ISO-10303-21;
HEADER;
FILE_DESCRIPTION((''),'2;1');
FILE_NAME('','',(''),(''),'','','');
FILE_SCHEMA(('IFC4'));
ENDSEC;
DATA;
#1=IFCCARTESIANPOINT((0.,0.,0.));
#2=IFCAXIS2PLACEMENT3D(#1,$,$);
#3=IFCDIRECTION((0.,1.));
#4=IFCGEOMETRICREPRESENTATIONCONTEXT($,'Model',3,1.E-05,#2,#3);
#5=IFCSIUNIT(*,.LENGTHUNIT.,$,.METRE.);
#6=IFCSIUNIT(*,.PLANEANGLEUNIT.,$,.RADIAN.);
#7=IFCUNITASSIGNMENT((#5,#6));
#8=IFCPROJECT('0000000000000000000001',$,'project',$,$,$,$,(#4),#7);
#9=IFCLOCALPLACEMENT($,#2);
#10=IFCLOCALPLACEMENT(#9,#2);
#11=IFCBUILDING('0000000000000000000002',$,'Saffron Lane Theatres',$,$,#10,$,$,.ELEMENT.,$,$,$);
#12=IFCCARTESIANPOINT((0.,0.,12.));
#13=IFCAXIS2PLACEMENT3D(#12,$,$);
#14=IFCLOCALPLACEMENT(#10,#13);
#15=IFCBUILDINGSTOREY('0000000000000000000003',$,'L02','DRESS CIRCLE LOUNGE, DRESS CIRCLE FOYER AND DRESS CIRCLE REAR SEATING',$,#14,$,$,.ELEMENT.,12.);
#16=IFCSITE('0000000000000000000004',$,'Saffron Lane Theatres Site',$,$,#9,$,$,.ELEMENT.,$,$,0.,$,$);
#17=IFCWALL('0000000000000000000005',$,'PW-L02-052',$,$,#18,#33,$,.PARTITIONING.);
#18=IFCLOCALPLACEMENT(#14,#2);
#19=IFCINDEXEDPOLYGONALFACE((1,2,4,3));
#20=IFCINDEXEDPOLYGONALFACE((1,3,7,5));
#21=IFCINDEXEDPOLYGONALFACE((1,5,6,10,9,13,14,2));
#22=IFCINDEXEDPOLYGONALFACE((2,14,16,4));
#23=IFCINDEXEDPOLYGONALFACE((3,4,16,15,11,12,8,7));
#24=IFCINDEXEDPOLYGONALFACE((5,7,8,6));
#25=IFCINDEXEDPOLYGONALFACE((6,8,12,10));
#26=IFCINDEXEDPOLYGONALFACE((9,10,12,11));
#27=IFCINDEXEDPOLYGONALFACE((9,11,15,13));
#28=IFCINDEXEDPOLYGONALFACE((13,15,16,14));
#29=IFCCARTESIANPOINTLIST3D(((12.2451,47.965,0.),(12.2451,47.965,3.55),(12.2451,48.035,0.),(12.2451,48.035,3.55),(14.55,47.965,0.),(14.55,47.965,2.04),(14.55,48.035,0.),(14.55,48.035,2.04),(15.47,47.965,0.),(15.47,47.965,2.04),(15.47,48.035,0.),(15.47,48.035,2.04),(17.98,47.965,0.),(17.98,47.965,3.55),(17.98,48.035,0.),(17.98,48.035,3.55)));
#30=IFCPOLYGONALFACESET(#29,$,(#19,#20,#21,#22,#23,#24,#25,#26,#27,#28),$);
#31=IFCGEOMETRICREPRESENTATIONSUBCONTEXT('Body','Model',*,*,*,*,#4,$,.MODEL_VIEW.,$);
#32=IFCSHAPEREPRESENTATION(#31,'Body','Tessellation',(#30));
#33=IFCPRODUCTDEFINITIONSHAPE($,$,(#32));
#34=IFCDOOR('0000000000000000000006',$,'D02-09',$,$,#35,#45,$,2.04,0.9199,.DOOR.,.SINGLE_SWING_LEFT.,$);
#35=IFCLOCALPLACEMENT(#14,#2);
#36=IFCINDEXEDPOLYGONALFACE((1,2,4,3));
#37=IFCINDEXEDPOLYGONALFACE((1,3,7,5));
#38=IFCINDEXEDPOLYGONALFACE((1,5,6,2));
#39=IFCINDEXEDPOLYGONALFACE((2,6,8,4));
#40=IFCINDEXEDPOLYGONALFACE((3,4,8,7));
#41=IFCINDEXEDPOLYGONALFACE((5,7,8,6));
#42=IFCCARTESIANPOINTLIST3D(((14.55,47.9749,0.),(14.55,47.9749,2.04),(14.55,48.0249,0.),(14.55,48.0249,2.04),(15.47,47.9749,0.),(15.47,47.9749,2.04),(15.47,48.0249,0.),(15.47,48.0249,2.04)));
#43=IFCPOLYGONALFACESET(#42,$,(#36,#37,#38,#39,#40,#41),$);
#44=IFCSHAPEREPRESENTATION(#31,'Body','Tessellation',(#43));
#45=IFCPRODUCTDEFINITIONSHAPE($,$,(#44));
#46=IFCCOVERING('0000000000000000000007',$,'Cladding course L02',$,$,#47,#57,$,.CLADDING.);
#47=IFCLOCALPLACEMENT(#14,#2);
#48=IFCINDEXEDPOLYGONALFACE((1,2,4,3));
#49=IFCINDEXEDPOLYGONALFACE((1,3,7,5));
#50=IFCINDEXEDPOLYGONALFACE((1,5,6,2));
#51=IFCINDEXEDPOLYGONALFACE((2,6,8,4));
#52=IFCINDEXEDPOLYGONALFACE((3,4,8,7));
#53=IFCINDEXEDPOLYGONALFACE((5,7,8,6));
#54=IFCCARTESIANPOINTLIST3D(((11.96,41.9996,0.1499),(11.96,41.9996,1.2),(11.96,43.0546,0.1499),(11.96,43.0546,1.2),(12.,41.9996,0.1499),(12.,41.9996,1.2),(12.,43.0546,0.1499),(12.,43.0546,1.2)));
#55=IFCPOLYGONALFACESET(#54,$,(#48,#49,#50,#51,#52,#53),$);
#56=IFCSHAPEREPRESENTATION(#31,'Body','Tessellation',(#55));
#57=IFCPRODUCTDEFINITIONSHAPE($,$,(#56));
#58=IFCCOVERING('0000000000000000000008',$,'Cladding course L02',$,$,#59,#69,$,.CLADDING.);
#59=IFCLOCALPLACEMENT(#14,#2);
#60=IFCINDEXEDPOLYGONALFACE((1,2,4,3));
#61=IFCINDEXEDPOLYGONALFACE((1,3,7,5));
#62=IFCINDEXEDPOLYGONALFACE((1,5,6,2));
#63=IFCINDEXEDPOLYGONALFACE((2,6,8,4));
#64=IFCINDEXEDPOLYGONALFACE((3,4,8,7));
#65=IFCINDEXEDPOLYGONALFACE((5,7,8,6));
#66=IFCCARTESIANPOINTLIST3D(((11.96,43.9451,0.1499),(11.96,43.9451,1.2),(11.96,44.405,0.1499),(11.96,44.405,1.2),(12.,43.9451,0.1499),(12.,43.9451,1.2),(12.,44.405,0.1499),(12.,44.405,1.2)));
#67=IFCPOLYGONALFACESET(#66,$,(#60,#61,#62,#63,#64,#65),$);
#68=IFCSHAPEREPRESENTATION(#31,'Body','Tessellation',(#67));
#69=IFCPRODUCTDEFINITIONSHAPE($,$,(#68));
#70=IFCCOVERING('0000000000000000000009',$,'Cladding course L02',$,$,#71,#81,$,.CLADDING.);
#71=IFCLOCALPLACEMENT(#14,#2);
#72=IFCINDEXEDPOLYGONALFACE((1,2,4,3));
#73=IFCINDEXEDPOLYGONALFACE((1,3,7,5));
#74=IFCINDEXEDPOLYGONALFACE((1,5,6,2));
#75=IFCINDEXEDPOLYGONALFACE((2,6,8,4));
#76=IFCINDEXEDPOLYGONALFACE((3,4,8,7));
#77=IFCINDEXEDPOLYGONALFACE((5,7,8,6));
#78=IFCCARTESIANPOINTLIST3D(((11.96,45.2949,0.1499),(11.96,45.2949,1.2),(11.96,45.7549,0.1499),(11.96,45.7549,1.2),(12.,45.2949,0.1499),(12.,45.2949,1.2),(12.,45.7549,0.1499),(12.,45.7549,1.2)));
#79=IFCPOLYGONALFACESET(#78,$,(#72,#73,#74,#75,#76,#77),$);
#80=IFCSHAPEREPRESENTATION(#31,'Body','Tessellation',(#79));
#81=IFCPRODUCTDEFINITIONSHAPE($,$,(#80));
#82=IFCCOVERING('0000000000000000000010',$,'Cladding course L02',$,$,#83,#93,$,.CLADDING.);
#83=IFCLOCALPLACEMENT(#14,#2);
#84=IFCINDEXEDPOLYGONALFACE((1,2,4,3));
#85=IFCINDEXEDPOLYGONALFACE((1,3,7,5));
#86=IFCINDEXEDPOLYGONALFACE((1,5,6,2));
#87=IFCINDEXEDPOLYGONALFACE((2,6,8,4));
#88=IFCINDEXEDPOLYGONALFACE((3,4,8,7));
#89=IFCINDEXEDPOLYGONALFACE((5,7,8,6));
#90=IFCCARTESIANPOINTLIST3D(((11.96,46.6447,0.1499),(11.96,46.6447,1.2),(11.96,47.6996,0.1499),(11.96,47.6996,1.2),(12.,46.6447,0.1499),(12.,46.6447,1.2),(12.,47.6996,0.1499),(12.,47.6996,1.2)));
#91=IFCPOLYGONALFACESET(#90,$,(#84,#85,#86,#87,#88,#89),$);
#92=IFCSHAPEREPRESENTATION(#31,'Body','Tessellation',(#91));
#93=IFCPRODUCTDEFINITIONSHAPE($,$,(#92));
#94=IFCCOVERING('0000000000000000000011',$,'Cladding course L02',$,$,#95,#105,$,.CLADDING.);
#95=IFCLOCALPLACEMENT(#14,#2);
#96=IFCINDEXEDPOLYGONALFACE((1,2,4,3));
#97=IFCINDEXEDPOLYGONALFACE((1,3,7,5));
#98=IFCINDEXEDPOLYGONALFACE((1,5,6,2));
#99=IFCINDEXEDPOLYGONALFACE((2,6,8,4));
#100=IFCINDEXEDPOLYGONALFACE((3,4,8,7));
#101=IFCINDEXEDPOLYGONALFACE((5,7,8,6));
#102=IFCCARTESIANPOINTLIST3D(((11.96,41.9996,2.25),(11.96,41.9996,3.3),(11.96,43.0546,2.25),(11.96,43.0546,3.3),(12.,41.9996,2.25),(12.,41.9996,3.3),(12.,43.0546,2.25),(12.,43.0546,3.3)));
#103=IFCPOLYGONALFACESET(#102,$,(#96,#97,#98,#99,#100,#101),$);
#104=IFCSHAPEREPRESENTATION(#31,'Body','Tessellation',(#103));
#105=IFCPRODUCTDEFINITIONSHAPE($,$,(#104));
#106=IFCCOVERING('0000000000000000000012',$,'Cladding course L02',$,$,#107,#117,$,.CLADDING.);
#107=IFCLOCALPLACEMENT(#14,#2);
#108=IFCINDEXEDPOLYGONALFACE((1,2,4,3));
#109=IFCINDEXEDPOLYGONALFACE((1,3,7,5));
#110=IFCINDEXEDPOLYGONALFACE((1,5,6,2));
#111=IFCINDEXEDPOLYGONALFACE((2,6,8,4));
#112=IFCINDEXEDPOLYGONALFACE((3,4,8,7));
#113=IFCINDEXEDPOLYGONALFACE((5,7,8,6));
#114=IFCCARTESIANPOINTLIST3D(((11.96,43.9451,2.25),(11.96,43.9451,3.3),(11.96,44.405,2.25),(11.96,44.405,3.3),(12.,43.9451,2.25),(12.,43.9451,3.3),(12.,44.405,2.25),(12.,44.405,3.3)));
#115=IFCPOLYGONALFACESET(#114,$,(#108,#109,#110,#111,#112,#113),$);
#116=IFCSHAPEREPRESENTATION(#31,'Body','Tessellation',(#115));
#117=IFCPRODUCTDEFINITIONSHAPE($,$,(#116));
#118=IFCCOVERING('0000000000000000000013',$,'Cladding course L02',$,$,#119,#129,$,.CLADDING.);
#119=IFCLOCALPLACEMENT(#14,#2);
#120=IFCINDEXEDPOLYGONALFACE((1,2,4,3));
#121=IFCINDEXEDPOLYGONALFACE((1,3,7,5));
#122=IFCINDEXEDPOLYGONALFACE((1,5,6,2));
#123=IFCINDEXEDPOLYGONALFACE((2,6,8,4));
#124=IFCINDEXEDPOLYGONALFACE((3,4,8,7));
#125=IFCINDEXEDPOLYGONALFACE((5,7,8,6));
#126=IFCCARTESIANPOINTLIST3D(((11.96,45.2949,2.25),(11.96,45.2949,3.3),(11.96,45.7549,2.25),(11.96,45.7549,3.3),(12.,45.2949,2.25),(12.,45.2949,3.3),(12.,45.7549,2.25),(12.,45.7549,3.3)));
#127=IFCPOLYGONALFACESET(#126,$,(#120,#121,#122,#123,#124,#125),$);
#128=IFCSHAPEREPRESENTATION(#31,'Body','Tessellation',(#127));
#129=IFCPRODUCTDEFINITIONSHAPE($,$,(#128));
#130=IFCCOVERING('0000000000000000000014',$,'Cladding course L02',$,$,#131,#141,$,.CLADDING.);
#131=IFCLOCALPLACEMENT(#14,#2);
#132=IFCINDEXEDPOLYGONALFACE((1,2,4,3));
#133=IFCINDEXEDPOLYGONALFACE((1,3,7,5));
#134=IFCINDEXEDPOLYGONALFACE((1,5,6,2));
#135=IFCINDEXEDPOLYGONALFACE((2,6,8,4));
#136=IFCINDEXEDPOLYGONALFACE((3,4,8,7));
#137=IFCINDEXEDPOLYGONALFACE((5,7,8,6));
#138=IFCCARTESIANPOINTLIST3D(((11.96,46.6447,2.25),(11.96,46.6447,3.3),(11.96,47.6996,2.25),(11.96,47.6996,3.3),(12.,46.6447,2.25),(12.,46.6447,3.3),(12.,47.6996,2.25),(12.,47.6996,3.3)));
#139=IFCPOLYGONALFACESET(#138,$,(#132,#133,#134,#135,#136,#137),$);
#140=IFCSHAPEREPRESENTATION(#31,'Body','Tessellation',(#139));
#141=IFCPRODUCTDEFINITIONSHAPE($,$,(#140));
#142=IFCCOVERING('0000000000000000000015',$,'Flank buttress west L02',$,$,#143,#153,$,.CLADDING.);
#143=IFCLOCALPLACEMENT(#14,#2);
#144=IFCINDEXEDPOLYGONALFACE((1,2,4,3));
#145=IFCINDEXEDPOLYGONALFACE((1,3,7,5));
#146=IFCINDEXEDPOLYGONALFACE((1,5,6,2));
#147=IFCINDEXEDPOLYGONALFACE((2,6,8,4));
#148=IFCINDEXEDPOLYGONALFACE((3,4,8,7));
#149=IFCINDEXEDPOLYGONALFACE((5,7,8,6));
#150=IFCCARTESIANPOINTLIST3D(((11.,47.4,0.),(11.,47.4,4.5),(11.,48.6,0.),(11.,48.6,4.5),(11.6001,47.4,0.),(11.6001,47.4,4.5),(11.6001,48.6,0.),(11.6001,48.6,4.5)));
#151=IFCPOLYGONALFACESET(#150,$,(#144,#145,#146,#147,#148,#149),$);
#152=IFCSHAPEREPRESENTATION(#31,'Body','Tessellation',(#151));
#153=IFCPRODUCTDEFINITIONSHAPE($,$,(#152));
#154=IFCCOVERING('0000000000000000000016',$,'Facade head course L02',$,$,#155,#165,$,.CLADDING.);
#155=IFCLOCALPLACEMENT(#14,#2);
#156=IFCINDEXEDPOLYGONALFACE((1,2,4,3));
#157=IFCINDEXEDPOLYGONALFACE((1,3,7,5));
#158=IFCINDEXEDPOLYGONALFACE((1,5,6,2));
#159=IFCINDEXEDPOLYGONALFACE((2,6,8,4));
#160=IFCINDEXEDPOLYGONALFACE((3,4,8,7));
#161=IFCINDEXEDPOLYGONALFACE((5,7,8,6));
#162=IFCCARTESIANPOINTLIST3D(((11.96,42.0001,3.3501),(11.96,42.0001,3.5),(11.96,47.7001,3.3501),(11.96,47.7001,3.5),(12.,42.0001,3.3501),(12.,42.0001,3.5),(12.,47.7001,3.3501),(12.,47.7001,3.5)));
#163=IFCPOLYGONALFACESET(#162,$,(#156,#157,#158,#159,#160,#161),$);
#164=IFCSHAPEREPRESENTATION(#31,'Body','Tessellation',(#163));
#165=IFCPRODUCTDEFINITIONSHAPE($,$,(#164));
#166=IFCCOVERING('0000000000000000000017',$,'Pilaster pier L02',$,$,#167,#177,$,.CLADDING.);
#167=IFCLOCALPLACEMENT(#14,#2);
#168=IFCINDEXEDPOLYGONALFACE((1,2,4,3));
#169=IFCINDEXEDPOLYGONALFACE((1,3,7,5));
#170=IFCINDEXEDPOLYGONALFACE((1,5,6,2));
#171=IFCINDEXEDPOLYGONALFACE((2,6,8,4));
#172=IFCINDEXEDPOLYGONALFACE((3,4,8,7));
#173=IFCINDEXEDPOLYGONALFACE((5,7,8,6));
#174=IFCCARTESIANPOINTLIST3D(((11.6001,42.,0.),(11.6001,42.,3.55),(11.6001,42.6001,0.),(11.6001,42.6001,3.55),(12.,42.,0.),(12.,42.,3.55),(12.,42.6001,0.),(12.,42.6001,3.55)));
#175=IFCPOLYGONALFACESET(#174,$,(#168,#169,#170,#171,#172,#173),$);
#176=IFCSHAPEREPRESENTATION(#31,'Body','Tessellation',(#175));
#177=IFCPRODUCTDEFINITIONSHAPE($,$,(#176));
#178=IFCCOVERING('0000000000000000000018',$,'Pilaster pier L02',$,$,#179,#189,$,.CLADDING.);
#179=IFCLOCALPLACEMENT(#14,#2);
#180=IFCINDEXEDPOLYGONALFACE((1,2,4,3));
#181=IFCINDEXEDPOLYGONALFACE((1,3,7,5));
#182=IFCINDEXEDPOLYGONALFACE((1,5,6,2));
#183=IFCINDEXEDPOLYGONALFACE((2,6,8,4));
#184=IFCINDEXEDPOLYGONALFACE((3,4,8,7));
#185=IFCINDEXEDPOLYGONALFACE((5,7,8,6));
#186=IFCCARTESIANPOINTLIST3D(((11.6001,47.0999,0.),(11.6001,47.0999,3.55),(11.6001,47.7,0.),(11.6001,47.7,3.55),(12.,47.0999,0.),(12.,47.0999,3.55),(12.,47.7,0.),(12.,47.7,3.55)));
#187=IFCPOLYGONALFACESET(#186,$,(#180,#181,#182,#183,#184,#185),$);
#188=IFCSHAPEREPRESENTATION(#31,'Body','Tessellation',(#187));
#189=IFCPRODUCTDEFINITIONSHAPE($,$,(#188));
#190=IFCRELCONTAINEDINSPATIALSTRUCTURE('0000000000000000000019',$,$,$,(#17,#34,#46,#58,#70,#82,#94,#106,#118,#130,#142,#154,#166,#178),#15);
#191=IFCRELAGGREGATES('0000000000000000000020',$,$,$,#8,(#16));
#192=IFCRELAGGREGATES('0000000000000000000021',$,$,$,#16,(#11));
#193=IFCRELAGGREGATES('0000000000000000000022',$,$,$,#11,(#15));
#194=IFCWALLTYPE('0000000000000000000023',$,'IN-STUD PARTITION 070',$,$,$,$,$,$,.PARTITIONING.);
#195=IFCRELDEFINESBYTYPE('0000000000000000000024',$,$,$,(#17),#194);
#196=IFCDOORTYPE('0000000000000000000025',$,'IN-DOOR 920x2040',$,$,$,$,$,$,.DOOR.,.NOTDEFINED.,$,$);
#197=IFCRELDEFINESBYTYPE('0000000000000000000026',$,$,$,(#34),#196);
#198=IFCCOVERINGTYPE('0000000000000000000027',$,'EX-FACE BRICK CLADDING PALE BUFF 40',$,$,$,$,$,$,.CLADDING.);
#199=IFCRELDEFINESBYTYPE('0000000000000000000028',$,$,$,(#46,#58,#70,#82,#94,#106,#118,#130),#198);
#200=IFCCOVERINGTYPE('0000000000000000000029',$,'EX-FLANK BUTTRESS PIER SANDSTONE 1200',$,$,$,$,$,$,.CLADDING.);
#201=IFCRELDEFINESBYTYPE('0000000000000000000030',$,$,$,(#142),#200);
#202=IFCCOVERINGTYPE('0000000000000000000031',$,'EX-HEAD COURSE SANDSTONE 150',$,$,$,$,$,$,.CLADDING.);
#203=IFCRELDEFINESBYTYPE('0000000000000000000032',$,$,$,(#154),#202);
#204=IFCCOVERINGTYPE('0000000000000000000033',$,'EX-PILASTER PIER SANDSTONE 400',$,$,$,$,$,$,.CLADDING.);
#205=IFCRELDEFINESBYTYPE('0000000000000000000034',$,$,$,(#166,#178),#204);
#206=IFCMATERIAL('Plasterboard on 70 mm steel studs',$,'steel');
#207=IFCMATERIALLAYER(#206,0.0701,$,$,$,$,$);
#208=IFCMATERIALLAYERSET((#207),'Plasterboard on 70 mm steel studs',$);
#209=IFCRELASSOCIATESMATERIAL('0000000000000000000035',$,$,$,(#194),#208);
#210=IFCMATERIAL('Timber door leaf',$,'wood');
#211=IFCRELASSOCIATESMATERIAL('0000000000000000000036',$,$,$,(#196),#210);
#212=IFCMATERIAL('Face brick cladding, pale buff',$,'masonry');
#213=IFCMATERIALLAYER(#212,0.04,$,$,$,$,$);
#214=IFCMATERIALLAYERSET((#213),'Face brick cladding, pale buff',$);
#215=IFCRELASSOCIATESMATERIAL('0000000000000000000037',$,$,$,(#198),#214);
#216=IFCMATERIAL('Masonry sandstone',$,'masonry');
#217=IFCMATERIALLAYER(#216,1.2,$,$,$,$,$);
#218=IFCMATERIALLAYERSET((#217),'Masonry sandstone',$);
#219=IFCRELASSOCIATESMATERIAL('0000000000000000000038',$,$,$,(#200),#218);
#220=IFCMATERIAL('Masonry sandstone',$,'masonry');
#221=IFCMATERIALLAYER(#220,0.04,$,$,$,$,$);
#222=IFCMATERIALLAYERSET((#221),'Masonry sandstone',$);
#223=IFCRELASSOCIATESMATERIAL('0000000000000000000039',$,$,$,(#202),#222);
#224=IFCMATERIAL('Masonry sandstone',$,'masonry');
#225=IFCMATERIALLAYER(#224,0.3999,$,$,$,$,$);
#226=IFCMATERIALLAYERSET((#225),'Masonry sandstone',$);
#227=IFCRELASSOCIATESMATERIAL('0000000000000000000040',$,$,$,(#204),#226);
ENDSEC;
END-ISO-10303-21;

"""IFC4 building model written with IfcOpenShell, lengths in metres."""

from ifc_helpers import new_model, si_unit, direction, frame, frame_2d, origin, origin_2d, place, context, subcontext, project, spatial, rectangle, extrude, material, layer, layer_set, type_object, element, fill, save


model = new_model("IFC4")

# Units and contexts
model_context = context("Model", 3, precision=1e-05, world=origin(), true_north=direction((0.0, 1.0)))
body_context = subcontext(model_context, "Body", "Model", "MODEL_VIEW")
ifc_project = project(units=[si_unit("LENGTHUNIT", "METRE"), si_unit("PLANEANGLEUNIT", "RADIAN")], contexts=[model_context])

# Site, building, storey
site_placement = place(None, origin())
site = spatial("IfcSite", under=ifc_project, at=site_placement, Name="Saffron Lane Theatres Site", CompositionType="ELEMENT", RefElevation=0.0)
building_placement = place(site_placement, origin())
building = spatial("IfcBuilding", under=site, at=building_placement, Name="Saffron Lane Theatres", CompositionType="ELEMENT")
storey_placement = place(building_placement, frame((0.0, 0.0, 12.0)))
storey = spatial("IfcBuildingStorey", under=building, at=storey_placement, Name="L02", Description="DRESS CIRCLE LOUNGE, DRESS CIRCLE FOYER AND DRESS CIRCLE REAR SEATING", CompositionType="ELEMENT", Elevation=12.0)

# Wall, opening, door
ifc_material_1 = material(Name="Plasterboard on 70 mm steel studs", Category="steel")
ifc_layer_1 = layer(ifc_material_1, 0.0701)
ifc_layer_set_1 = layer_set([ifc_layer_1], Name="Plasterboard on 70 mm steel studs")
wall_type_1 = type_object("IfcWallType", Name="IN-STUD PARTITION 070", PredefinedType="PARTITIONING", material=ifc_layer_set_1)
wall_1_placement = place(storey_placement, frame((12.2451, 48.0, 0.0), z_axis=(0.0, 0.0, 1.0), x_axis=(1.0, 0.0, 0.0)))
wall_1 = element("IfcWall", 1, at=wall_1_placement, inside=storey, type_object=wall_type_1, Name="PW-L02-052", PredefinedType="PARTITIONING", context=body_context, shape_type="SweptSolid", body=[
    extrude(rectangle(XDim=5.7349, YDim=0.0701, at=frame_2d((2.8674, 0.0))), origin(), (0.0, 0.0, 1.0), 3.55),
])
opening_placement = place(wall_1_placement, frame((2.3049, 0.0, 0.0)))
opening = element("IfcOpeningElement", 2, at=opening_placement, cuts=wall_1, PredefinedType="OPENING", context=body_context, shape_type="SweptSolid", body=[
    extrude(rectangle(XDim=0.9199, YDim=2.04, at=frame_2d((0.46, 1.02))), frame((0.0, 0.0449, 0.0), z_axis=(0.0, -1.0, 0.0), x_axis=(1.0, 0.0, 0.0)), (0.0, 0.0, 1.0), 0.0901),
])
ifc_material_2 = material(Name="Timber door leaf", Category="wood")
door_type = type_object("IfcDoorType", Name="IN-DOOR 920x2040", OperationType="NOTDEFINED", PredefinedType="DOOR", material=ifc_material_2)
door_placement = place(opening_placement, origin())
door = element("IfcDoor", 3, at=door_placement, inside=storey, type_object=door_type, Name="D02-09", OperationType="SINGLE_SWING_LEFT", OverallHeight=2.04, OverallWidth=0.9199, PredefinedType="DOOR", context=body_context, shape_type="SweptSolid", body=[
    extrude(rectangle(XDim=0.9199, YDim=2.04, at=frame_2d((0.46, 1.02))), frame((0.0, 0.0249, 0.0), z_axis=(0.0, -1.0, 0.0), x_axis=(1.0, 0.0, 0.0)), (0.0, 0.0, 1.0), 0.05),
])
fill(opening, door)

# Coverings
ifc_material_3 = material(Name="Face brick cladding, pale buff", Category="masonry")
ifc_layer_2 = layer(ifc_material_3, 0.04)
ifc_layer_set_2 = layer_set([ifc_layer_2], Name="Face brick cladding, pale buff")
covering_type_1 = type_object("IfcCoveringType", Name="EX-FACE BRICK CLADDING PALE BUFF 40", PredefinedType="CLADDING", material=ifc_layer_set_2)
covering_1_placement = place(storey_placement, frame((11.98, 42.5271, 0.1499), z_axis=(0.0, 0.0, 1.0), x_axis=(0.0, 1.0, 0.0)))
element("IfcCovering", 4, at=covering_1_placement, inside=storey, type_object=covering_type_1, Name="Cladding course L02", PredefinedType="CLADDING", context=body_context, shape_type="SweptSolid", body=[
    extrude(rectangle(XDim=1.0549, YDim=0.04, at=origin_2d()), origin(), (0.0, 0.0, 1.0), 1.05),
])
for number, where, z_axis, x_axis, name in (
    (5, (11.98, 44.175, 0.1499), (0.0, 0.0, 1.0), (0.0, 1.0, 0.0), "Cladding course L02"),
    (6, (11.98, 45.5249, 0.1499), (0.0, 0.0, 1.0), (0.0, 1.0, 0.0), "Cladding course L02"),
):
    element("IfcCovering", number, at=place(storey_placement, frame(where, z_axis=z_axis, x_axis=x_axis)), inside=storey, type_object=covering_type_1, Name=name, PredefinedType="CLADDING", context=body_context, shape_type="SweptSolid", body=[
        extrude(rectangle(XDim=0.46, YDim=0.04, at=origin_2d()), origin(), (0.0, 0.0, 1.0), 1.05),
    ])
for number, where, z_axis, x_axis, name in (
    (7, (11.98, 47.1721, 0.1499), (0.0, 0.0, 1.0), (0.0, 1.0, 0.0), "Cladding course L02"),
    (8, (11.98, 42.5271, 2.25), (0.0, 0.0, 1.0), (0.0, 1.0, 0.0), "Cladding course L02"),
):
    element("IfcCovering", number, at=place(storey_placement, frame(where, z_axis=z_axis, x_axis=x_axis)), inside=storey, type_object=covering_type_1, Name=name, PredefinedType="CLADDING", context=body_context, shape_type="SweptSolid", body=[
        extrude(rectangle(XDim=1.0549, YDim=0.04, at=origin_2d()), origin(), (0.0, 0.0, 1.0), 1.05),
    ])
for number, where, z_axis, x_axis, name in (
    (9, (11.98, 44.175, 2.25), (0.0, 0.0, 1.0), (0.0, 1.0, 0.0), "Cladding course L02"),
    (10, (11.98, 45.5249, 2.25), (0.0, 0.0, 1.0), (0.0, 1.0, 0.0), "Cladding course L02"),
):
    element("IfcCovering", number, at=place(storey_placement, frame(where, z_axis=z_axis, x_axis=x_axis)), inside=storey, type_object=covering_type_1, Name=name, PredefinedType="CLADDING", context=body_context, shape_type="SweptSolid", body=[
        extrude(rectangle(XDim=0.46, YDim=0.04, at=origin_2d()), origin(), (0.0, 0.0, 1.0), 1.05),
    ])
covering_2_placement = place(storey_placement, frame((11.98, 47.1721, 2.25), z_axis=(0.0, 0.0, 1.0), x_axis=(0.0, 1.0, 0.0)))
element("IfcCovering", 11, at=covering_2_placement, inside=storey, type_object=covering_type_1, Name="Cladding course L02", PredefinedType="CLADDING", context=body_context, shape_type="SweptSolid", body=[
    extrude(rectangle(XDim=1.0549, YDim=0.04, at=origin_2d()), origin(), (0.0, 0.0, 1.0), 1.05),
])
ifc_material_4 = material(Name="Masonry sandstone", Category="masonry")
ifc_layer_3 = layer(ifc_material_4, 1.2)
ifc_layer_set_3 = layer_set([ifc_layer_3], Name="Masonry sandstone")
covering_type_2 = type_object("IfcCoveringType", Name="EX-FLANK BUTTRESS PIER SANDSTONE 1200", PredefinedType="CLADDING", material=ifc_layer_set_3)
covering_3_placement = place(storey_placement, frame((11.3, 48.0, 0.0), z_axis=(0.0, 0.0, 1.0), x_axis=(0.0, 1.0, 0.0)))
element("IfcCovering", 12, at=covering_3_placement, inside=storey, type_object=covering_type_2, Name="Flank buttress west L02", PredefinedType="CLADDING", context=body_context, shape_type="SweptSolid", body=[
    extrude(rectangle(XDim=1.2, YDim=0.6001, at=origin_2d()), origin(), (0.0, 0.0, 1.0), 4.5),
])
ifc_material_5 = material(Name="Masonry sandstone", Category="masonry")
ifc_layer_4 = layer(ifc_material_5, 0.04)
ifc_layer_set_4 = layer_set([ifc_layer_4], Name="Masonry sandstone")
covering_type_3 = type_object("IfcCoveringType", Name="EX-HEAD COURSE SANDSTONE 150", PredefinedType="CLADDING", material=ifc_layer_set_4)
covering_4_placement = place(storey_placement, frame((11.98, 44.8501, 3.3501), z_axis=(0.0, 0.0, 1.0), x_axis=(0.0, 1.0, 0.0)))
element("IfcCovering", 13, at=covering_4_placement, inside=storey, type_object=covering_type_3, Name="Facade head course L02", PredefinedType="CLADDING", context=body_context, shape_type="SweptSolid", body=[
    extrude(rectangle(XDim=5.7, YDim=0.04, at=origin_2d()), origin(), (0.0, 0.0, 1.0), 0.1499),
])
ifc_material_6 = material(Name="Masonry sandstone", Category="masonry")
ifc_layer_5 = layer(ifc_material_6, 0.3999)
ifc_layer_set_5 = layer_set([ifc_layer_5], Name="Masonry sandstone")
covering_type_4 = type_object("IfcCoveringType", Name="EX-PILASTER PIER SANDSTONE 400", PredefinedType="CLADDING", material=ifc_layer_set_5)
for number, where, z_axis, x_axis, name in (
    (14, (11.8, 42.3, 0.0), (0.0, 0.0, 1.0), (0.0, 1.0, 0.0), "Pilaster pier L02"),
    (15, (11.8, 47.3999, 0.0), (0.0, 0.0, 1.0), (0.0, 1.0, 0.0), "Pilaster pier L02"),
):
    element("IfcCovering", number, at=place(storey_placement, frame(where, z_axis=z_axis, x_axis=x_axis)), inside=storey, type_object=covering_type_4, Name=name, PredefinedType="CLADDING", context=body_context, shape_type="SweptSolid", body=[
        extrude(rectangle(XDim=0.6001, YDim=0.3999, at=origin_2d()), origin(), (0.0, 0.0, 1.0), 3.55),
    ])

save(model, "model.ifc")
